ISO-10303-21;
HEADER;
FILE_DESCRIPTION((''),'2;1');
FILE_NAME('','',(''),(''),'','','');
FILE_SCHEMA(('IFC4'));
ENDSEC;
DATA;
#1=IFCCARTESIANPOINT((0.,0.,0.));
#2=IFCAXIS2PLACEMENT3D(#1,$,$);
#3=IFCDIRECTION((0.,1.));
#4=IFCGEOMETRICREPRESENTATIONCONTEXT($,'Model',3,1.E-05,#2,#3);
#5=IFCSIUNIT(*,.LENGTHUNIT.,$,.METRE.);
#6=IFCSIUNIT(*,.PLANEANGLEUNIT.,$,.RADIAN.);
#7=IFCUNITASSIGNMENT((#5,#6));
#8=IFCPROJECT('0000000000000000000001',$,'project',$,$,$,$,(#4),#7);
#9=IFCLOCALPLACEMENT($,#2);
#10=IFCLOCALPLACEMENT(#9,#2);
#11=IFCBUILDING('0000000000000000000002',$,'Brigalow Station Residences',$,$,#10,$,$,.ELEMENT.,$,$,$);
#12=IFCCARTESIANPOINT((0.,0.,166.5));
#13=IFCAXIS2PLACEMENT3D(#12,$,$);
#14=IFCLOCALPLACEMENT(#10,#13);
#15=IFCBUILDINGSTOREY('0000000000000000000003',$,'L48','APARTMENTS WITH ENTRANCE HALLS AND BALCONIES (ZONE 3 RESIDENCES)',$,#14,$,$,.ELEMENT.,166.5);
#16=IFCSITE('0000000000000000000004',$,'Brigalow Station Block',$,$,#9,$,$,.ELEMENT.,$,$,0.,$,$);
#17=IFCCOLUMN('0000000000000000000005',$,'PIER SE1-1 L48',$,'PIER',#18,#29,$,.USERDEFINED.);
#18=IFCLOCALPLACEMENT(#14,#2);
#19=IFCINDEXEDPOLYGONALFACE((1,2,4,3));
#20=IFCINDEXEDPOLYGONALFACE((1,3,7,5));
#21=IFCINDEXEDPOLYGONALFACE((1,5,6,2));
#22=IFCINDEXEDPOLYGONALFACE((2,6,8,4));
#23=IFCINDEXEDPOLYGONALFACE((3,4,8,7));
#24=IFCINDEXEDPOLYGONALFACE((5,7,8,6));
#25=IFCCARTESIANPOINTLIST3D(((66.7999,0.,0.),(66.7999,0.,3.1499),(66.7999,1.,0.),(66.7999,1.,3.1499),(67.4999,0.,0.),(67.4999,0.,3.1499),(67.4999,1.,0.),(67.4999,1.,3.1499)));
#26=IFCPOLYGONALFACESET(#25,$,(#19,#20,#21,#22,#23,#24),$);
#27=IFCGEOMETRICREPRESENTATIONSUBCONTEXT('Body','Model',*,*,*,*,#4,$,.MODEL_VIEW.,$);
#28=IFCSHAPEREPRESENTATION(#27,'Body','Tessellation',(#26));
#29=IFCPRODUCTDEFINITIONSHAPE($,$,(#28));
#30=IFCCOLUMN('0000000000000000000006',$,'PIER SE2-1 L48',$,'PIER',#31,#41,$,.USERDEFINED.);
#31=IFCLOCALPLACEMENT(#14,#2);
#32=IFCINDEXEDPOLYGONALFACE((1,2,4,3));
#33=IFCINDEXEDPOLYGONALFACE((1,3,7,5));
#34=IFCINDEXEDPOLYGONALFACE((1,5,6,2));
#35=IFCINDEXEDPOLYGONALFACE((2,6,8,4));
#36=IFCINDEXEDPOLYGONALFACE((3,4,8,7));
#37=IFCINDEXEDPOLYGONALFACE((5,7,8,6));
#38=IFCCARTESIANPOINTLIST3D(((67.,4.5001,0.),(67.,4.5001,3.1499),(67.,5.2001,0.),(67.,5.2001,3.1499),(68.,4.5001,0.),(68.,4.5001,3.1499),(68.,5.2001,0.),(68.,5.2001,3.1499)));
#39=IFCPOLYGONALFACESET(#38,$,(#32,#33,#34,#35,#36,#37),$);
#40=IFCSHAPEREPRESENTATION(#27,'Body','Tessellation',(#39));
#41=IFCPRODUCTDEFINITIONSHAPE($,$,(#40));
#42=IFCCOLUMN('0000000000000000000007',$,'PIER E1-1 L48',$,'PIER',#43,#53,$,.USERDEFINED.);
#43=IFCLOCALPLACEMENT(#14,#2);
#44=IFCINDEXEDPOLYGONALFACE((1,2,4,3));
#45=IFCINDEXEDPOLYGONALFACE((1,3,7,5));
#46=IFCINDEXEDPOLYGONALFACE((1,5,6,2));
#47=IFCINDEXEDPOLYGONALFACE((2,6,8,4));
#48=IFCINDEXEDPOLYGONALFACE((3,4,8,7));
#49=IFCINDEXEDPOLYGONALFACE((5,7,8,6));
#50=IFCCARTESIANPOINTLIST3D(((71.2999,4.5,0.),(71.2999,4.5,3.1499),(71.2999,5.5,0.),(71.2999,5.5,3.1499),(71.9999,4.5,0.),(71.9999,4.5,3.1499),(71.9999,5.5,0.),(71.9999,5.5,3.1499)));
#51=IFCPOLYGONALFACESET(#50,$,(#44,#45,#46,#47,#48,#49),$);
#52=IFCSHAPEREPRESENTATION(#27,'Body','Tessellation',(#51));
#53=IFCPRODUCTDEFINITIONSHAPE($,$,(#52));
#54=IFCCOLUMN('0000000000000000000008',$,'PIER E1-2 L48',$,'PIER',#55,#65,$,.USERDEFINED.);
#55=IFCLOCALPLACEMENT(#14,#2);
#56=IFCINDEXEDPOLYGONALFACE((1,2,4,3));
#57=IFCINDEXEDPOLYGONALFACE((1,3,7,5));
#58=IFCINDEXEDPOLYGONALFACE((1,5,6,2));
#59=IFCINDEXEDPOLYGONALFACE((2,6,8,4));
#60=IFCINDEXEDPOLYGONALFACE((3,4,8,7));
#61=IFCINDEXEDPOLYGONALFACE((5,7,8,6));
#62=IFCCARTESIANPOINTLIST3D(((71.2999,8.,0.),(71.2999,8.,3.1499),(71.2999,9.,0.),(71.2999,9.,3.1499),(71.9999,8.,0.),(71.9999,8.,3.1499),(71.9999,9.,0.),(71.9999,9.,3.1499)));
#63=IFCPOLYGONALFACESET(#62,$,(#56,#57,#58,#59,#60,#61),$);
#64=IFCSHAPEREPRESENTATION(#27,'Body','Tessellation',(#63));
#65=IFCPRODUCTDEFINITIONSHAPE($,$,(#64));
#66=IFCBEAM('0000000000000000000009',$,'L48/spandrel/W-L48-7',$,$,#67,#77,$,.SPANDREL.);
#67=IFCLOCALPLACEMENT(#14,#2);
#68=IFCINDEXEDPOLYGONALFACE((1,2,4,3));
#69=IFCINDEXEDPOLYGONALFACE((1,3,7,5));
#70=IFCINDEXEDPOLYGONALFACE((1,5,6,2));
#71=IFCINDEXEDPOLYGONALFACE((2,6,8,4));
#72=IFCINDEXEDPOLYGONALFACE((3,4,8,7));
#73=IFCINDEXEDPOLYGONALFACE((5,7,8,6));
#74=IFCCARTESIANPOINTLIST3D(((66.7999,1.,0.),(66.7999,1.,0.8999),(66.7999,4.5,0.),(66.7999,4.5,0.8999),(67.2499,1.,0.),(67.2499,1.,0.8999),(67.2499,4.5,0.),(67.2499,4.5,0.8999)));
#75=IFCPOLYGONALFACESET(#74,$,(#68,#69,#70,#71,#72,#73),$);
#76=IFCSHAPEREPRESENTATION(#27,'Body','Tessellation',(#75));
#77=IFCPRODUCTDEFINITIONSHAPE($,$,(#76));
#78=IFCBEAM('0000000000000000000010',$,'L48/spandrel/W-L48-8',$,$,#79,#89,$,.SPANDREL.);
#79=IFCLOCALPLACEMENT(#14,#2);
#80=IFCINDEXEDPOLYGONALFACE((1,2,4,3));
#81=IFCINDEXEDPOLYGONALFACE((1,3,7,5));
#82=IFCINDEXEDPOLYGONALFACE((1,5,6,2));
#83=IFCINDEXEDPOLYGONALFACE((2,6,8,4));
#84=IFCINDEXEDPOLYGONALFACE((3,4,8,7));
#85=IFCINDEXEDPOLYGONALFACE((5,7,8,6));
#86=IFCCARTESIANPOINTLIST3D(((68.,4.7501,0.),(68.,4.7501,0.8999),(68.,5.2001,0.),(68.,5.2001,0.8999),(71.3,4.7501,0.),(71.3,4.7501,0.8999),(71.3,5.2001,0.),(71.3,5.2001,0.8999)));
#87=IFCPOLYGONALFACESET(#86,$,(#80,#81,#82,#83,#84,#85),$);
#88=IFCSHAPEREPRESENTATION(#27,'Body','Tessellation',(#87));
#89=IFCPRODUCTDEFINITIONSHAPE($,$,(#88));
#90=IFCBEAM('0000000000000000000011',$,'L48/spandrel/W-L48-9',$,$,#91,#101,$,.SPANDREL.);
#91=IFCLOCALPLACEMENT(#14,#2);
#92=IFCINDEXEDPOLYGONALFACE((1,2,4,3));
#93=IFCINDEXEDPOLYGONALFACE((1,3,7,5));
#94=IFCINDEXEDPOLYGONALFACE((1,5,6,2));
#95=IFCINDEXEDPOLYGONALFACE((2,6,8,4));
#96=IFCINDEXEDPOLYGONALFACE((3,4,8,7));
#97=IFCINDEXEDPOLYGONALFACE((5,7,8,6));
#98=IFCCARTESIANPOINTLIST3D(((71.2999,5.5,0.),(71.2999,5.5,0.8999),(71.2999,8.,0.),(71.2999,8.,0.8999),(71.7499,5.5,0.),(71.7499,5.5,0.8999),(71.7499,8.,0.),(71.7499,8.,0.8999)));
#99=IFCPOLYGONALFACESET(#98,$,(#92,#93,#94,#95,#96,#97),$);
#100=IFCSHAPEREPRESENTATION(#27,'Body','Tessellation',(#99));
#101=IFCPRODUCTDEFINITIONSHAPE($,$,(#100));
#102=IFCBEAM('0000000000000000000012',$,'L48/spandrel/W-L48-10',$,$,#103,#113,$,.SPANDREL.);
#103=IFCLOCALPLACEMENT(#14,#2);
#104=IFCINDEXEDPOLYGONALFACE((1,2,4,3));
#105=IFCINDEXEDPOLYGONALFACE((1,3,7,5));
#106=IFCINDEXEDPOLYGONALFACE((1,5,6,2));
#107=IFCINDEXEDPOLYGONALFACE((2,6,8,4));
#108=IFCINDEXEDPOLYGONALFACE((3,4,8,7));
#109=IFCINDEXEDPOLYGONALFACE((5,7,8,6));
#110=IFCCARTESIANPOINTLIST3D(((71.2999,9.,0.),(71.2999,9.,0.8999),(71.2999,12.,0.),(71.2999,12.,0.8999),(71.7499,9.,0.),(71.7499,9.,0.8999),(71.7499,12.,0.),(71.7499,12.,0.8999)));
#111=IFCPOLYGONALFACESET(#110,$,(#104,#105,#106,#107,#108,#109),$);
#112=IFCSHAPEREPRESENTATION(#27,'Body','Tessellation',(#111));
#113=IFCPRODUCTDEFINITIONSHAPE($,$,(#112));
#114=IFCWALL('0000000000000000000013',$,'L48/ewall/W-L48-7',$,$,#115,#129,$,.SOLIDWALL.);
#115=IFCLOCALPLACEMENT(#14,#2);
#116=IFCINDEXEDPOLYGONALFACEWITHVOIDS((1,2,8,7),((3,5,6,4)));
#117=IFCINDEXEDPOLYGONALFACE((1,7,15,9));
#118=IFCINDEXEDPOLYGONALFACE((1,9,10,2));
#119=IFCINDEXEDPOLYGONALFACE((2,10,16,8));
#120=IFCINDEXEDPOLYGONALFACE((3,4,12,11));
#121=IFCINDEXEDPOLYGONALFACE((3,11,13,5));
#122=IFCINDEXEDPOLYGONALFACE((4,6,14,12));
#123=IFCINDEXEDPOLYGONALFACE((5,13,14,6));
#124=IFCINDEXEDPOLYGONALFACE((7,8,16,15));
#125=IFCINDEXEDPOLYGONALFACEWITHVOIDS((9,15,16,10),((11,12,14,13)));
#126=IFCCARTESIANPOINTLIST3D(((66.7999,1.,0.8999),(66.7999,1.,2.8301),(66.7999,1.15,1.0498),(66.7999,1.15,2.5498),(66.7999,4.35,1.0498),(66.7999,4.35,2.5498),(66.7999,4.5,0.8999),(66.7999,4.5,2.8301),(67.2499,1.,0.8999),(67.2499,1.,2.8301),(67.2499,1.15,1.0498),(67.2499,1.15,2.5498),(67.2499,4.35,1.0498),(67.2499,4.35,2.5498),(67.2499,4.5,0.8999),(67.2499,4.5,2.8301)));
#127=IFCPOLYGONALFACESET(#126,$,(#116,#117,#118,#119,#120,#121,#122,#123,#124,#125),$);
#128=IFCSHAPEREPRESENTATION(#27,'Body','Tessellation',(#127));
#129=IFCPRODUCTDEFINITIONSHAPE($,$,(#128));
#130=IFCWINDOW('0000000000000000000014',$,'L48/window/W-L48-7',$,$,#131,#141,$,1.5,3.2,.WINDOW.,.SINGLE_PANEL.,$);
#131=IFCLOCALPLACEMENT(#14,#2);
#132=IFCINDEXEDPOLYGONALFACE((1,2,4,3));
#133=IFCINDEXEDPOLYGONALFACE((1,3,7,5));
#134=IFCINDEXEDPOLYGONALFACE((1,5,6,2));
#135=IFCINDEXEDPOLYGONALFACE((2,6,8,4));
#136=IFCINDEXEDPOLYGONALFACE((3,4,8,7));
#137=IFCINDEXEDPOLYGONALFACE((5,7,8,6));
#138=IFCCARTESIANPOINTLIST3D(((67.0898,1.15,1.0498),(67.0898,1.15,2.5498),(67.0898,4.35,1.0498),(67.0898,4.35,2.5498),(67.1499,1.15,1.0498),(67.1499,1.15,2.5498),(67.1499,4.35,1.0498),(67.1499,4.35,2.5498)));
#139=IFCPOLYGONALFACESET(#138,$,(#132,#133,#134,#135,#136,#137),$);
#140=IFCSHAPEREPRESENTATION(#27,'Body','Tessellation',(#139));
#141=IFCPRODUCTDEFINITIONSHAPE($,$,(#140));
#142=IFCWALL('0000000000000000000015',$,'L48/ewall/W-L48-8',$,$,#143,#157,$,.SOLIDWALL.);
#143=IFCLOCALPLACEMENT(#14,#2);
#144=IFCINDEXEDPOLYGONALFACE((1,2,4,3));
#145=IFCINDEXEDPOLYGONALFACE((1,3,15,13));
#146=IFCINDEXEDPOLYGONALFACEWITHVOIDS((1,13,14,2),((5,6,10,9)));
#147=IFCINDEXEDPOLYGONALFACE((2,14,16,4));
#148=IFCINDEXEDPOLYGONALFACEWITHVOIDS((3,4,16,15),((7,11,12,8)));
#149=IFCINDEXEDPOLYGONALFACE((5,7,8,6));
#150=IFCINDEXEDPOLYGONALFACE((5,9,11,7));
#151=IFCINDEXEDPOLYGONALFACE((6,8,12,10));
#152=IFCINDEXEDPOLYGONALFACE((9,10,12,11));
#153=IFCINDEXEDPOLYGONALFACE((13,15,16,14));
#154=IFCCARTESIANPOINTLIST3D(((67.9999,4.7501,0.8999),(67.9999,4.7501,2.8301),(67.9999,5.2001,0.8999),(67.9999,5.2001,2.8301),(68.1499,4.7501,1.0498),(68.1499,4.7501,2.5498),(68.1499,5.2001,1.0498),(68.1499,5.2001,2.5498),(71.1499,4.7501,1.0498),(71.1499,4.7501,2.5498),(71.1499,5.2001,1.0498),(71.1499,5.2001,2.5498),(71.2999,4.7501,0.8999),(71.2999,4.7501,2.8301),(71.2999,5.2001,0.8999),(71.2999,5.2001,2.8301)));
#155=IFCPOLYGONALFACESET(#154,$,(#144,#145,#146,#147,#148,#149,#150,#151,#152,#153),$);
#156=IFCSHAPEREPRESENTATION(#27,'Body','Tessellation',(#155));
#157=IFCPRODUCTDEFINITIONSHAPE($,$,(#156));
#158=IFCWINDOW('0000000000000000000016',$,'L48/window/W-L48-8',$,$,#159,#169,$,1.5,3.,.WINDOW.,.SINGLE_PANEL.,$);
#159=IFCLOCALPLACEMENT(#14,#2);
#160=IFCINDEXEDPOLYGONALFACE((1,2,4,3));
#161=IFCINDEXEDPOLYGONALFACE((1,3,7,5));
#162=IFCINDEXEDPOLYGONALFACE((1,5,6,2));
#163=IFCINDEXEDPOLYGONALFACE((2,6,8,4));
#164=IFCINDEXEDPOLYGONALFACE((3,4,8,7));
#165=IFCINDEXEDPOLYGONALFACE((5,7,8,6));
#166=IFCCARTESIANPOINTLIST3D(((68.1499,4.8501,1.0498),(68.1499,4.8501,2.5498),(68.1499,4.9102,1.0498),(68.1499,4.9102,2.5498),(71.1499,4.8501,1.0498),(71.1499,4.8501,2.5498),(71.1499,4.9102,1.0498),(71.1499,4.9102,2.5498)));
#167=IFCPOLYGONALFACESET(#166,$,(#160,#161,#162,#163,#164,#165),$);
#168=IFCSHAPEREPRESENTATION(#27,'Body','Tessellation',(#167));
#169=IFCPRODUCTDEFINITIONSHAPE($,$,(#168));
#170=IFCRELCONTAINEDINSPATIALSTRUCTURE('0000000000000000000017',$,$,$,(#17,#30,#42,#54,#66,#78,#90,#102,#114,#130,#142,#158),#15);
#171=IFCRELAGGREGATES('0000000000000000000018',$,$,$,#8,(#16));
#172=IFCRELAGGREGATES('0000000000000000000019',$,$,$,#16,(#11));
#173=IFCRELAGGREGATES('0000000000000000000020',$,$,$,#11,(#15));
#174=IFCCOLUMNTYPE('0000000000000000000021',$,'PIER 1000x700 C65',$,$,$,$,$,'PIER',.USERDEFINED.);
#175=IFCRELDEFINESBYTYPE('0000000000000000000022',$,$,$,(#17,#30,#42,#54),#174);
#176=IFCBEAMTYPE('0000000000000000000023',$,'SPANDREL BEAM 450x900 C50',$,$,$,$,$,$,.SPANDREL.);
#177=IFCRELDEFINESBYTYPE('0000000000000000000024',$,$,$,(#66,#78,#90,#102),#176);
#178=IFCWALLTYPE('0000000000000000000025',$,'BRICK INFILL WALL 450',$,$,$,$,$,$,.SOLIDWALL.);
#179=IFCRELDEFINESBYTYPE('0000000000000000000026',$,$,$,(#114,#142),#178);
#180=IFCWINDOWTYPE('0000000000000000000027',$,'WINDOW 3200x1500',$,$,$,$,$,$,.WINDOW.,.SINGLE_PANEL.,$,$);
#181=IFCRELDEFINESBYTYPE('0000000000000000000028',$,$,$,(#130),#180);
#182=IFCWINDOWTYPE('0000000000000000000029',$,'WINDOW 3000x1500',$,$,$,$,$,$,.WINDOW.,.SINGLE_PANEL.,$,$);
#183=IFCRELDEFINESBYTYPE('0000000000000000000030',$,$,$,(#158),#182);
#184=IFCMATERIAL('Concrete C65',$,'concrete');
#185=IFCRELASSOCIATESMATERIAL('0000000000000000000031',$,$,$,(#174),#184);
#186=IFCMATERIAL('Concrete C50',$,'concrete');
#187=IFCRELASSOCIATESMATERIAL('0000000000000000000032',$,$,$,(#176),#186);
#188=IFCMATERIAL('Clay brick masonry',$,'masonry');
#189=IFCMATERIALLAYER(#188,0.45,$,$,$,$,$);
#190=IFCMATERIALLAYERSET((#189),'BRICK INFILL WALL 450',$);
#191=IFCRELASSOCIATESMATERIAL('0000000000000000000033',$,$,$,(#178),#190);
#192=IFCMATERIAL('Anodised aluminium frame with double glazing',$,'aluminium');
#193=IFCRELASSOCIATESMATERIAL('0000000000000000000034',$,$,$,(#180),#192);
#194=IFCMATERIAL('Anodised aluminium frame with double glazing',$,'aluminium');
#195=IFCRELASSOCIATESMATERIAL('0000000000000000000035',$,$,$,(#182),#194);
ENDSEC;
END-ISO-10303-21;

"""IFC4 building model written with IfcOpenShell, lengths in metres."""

from ifc_helpers import new_model, si_unit, direction, frame, frame_2d, origin, origin_2d, place, context, subcontext, project, spatial, rectangle, extrude, material, layer, layer_set, material_profile, profile_set, type_object, element, fill, save


model = new_model("IFC4")

# Units and contexts
model_context = context("Model", 3, precision=1e-05, world=origin(), true_north=direction((0.0, 1.0)))
body_context = subcontext(model_context, "Body", "Model", "MODEL_VIEW")
ifc_project = project(units=[si_unit("LENGTHUNIT", "METRE"), si_unit("PLANEANGLEUNIT", "RADIAN")], contexts=[model_context])

# Site, building, storey
site_placement = place(None, origin())
site = spatial("IfcSite", under=ifc_project, at=site_placement, Name="Brigalow Station Block", CompositionType="ELEMENT", RefElevation=0.0)
building_placement = place(site_placement, origin())
building = spatial("IfcBuilding", under=site, at=building_placement, Name="Brigalow Station Residences", CompositionType="ELEMENT")
storey_placement = place(building_placement, frame((0.0, 0.0, 166.5)))
storey = spatial("IfcBuildingStorey", under=building, at=storey_placement, Name="L48", Description="APARTMENTS WITH ENTRANCE HALLS AND BALCONIES (ZONE 3 RESIDENCES)", CompositionType="ELEMENT", Elevation=166.5)

# Columns
ifc_material_1 = material(Name="Concrete C65", Category="concrete")
ifc_material_profile_1 = material_profile(ifc_material_1, rectangle(XDim=1.0, YDim=0.7, at=origin_2d()), Name="RC1000x700")
ifc_profile_set_1 = profile_set([ifc_material_profile_1], Name="Concrete C65")
column_type = type_object("IfcColumnType", Name="PIER 1000x700 C65", ElementType="PIER", PredefinedType="USERDEFINED", material=ifc_profile_set_1)
for number, where, z_axis, x_axis, name in (
    (1, (67.1499, 0.5, 0.0), (0.0, 0.0, 1.0), (0.0, 1.0, 0.0), "PIER SE1-1 L48"),
    (2, (67.5, 4.8501, 0.0), (0.0, 0.0, 1.0), (1.0, 0.0, 0.0), "PIER SE2-1 L48"),
    (3, (71.6499, 5.0, 0.0), (0.0, 0.0, 1.0), (0.0, 1.0, 0.0), "PIER E1-1 L48"),
    (4, (71.6499, 8.5, 0.0), (0.0, 0.0, 1.0), (0.0, 1.0, 0.0), "PIER E1-2 L48"),
):
    element("IfcColumn", number, at=place(storey_placement, frame(where, z_axis=z_axis, x_axis=x_axis)), inside=storey, type_object=column_type, Name=name, ObjectType="PIER", PredefinedType="USERDEFINED", context=body_context, shape_type="SweptSolid", body=[
        extrude(rectangle(XDim=1.0, YDim=0.7, at=origin_2d()), origin(), (0.0, 0.0, 1.0), 3.1499),
    ])

# Beams
ifc_material_2 = material(Name="Concrete C50", Category="concrete")
ifc_material_profile_2 = material_profile(ifc_material_2, rectangle(XDim=0.45, YDim=0.8999, at=origin_2d()), Name="RC450x900")
ifc_profile_set_2 = profile_set([ifc_material_profile_2], Name="Concrete C50")
beam_type = type_object("IfcBeamType", Name="SPANDREL BEAM 450x900 C50", PredefinedType="SPANDREL", material=ifc_profile_set_2)
beam_1_placement = place(storey_placement, frame((67.0249, 1.0, 0.45), z_axis=(0.0, 1.0, 0.0), x_axis=(-1.0, 0.0, 0.0)))
element("IfcBeam", 5, at=beam_1_placement, inside=storey, type_object=beam_type, Name="L48/spandrel/W-L48-7", PredefinedType="SPANDREL", context=body_context, shape_type="SweptSolid", body=[
    extrude(rectangle(XDim=0.45, YDim=0.8999, at=origin_2d()), origin(), (0.0, 0.0, 1.0), 3.5),
])
beam_2_placement = place(storey_placement, frame((68.0, 4.9751, 0.45), z_axis=(1.0, 0.0, 0.0), x_axis=(0.0, 1.0, 0.0)))
element("IfcBeam", 6, at=beam_2_placement, inside=storey, type_object=beam_type, Name="L48/spandrel/W-L48-8", PredefinedType="SPANDREL", context=body_context, shape_type="SweptSolid", body=[
    extrude(rectangle(XDim=0.45, YDim=0.8999, at=origin_2d()), origin(), (0.0, 0.0, 1.0), 3.3),
])
beam_3_placement = place(storey_placement, frame((71.5249, 5.5, 0.45), z_axis=(0.0, 1.0, 0.0), x_axis=(-1.0, 0.0, 0.0)))
element("IfcBeam", 7, at=beam_3_placement, inside=storey, type_object=beam_type, Name="L48/spandrel/W-L48-9", PredefinedType="SPANDREL", context=body_context, shape_type="SweptSolid", body=[
    extrude(rectangle(XDim=0.45, YDim=0.8999, at=origin_2d()), origin(), (0.0, 0.0, 1.0), 2.5),
])
beam_4_placement = place(storey_placement, frame((71.5249, 9.0, 0.45), z_axis=(0.0, 1.0, 0.0), x_axis=(-1.0, 0.0, 0.0)))
element("IfcBeam", 8, at=beam_4_placement, inside=storey, type_object=beam_type, Name="L48/spandrel/W-L48-10", PredefinedType="SPANDREL", context=body_context, shape_type="SweptSolid", body=[
    extrude(rectangle(XDim=0.45, YDim=0.8999, at=origin_2d()), origin(), (0.0, 0.0, 1.0), 3.0),
])

# Walls, openings, windows
ifc_material_3 = material(Name="Clay brick masonry", Category="masonry")
ifc_layer_1 = layer(ifc_material_3, 0.45)
ifc_layer_set_1 = layer_set([ifc_layer_1], Name="BRICK INFILL WALL 450")
wall_type_1 = type_object("IfcWallType", Name="BRICK INFILL WALL 450", PredefinedType="SOLIDWALL", material=ifc_layer_set_1)
wall_1_placement = place(storey_placement, frame((67.0249, 1.0, 0.8999), z_axis=(0.0, 0.0, 1.0), x_axis=(0.0, 1.0, 0.0)))
wall_1 = element("IfcWall", 9, at=wall_1_placement, inside=storey, type_object=wall_type_1, Name="L48/ewall/W-L48-7", PredefinedType="SOLIDWALL", context=body_context, shape_type="SweptSolid", body=[
    extrude(rectangle(XDim=3.5, YDim=0.45, at=frame_2d((1.75, 0.0))), origin(), (0.0, 0.0, 1.0), 1.9302),
])
opening_1_placement = place(wall_1_placement, frame((0.1499, 0.0, 0.1499)))
opening_1 = element("IfcOpeningElement", 10, at=opening_1_placement, cuts=wall_1, PredefinedType="OPENING", context=body_context, shape_type="SweptSolid", body=[
    extrude(rectangle(XDim=3.2, YDim=1.5, at=frame_2d((1.6001, 0.75))), frame((0.0, 0.2349, 0.0), z_axis=(0.0, -1.0, 0.0), x_axis=(1.0, 0.0, 0.0)), (0.0, 0.0, 1.0), 0.47),
])
ifc_material_4 = material(Name="Anodised aluminium frame with double glazing", Category="aluminium")
window_type_1 = type_object("IfcWindowType", Name="WINDOW 3200x1500", PartitioningType="SINGLE_PANEL", PredefinedType="WINDOW", material=ifc_material_4)
window_1_placement = place(opening_1_placement, origin())
window_1 = element("IfcWindow", 11, at=window_1_placement, inside=storey, type_object=window_type_1, Name="L48/window/W-L48-7", OverallHeight=1.5, OverallWidth=3.2, PartitioningType="SINGLE_PANEL", PredefinedType="WINDOW", context=body_context, shape_type="SweptSolid", body=[
    extrude(rectangle(XDim=3.2, YDim=1.5, at=frame_2d((1.6001, 0.75))), frame((0.0, -0.0649, 0.0), z_axis=(0.0, -1.0, 0.0), x_axis=(1.0, 0.0, 0.0)), (0.0, 0.0, 1.0), 0.0601),
])
fill(opening_1, window_1)
wall_2_placement = place(storey_placement, frame((68.0, 4.9751, 0.8999), z_axis=(0.0, 0.0, 1.0), x_axis=(1.0, 0.0, 0.0)))
wall_2 = element("IfcWall", 12, at=wall_2_placement, inside=storey, type_object=wall_type_1, Name="L48/ewall/W-L48-8", PredefinedType="SOLIDWALL", context=body_context, shape_type="SweptSolid", body=[
    extrude(rectangle(XDim=3.3, YDim=0.45, at=frame_2d((1.6499, 0.0))), origin(), (0.0, 0.0, 1.0), 1.9302),
])
opening_2_placement = place(wall_2_placement, frame((0.1499, 0.0, 0.1499)))
opening_2 = element("IfcOpeningElement", 13, at=opening_2_placement, cuts=wall_2, PredefinedType="OPENING", context=body_context, shape_type="SweptSolid", body=[
    extrude(rectangle(XDim=3.0, YDim=1.5, at=frame_2d((1.5, 0.75))), frame((0.0, 0.2349, 0.0), z_axis=(0.0, -1.0, 0.0), x_axis=(1.0, 0.0, 0.0)), (0.0, 0.0, 1.0), 0.47),
])
ifc_material_5 = material(Name="Anodised aluminium frame with double glazing", Category="aluminium")
window_type_2 = type_object("IfcWindowType", Name="WINDOW 3000x1500", PartitioningType="SINGLE_PANEL", PredefinedType="WINDOW", material=ifc_material_5)
window_2_placement = place(opening_2_placement, origin())
window_2 = element("IfcWindow", 14, at=window_2_placement, inside=storey, type_object=window_type_2, Name="L48/window/W-L48-8", OverallHeight=1.5, OverallWidth=3.0, PartitioningType="SINGLE_PANEL", PredefinedType="WINDOW", context=body_context, shape_type="SweptSolid", body=[
    extrude(rectangle(XDim=3.0, YDim=1.5, at=frame_2d((1.5, 0.75))), frame((0.0, -0.0649, 0.0), z_axis=(0.0, -1.0, 0.0), x_axis=(1.0, 0.0, 0.0)), (0.0, 0.0, 1.0), 0.0601),
])
fill(opening_2, window_2)

save(model, "model.ifc")
